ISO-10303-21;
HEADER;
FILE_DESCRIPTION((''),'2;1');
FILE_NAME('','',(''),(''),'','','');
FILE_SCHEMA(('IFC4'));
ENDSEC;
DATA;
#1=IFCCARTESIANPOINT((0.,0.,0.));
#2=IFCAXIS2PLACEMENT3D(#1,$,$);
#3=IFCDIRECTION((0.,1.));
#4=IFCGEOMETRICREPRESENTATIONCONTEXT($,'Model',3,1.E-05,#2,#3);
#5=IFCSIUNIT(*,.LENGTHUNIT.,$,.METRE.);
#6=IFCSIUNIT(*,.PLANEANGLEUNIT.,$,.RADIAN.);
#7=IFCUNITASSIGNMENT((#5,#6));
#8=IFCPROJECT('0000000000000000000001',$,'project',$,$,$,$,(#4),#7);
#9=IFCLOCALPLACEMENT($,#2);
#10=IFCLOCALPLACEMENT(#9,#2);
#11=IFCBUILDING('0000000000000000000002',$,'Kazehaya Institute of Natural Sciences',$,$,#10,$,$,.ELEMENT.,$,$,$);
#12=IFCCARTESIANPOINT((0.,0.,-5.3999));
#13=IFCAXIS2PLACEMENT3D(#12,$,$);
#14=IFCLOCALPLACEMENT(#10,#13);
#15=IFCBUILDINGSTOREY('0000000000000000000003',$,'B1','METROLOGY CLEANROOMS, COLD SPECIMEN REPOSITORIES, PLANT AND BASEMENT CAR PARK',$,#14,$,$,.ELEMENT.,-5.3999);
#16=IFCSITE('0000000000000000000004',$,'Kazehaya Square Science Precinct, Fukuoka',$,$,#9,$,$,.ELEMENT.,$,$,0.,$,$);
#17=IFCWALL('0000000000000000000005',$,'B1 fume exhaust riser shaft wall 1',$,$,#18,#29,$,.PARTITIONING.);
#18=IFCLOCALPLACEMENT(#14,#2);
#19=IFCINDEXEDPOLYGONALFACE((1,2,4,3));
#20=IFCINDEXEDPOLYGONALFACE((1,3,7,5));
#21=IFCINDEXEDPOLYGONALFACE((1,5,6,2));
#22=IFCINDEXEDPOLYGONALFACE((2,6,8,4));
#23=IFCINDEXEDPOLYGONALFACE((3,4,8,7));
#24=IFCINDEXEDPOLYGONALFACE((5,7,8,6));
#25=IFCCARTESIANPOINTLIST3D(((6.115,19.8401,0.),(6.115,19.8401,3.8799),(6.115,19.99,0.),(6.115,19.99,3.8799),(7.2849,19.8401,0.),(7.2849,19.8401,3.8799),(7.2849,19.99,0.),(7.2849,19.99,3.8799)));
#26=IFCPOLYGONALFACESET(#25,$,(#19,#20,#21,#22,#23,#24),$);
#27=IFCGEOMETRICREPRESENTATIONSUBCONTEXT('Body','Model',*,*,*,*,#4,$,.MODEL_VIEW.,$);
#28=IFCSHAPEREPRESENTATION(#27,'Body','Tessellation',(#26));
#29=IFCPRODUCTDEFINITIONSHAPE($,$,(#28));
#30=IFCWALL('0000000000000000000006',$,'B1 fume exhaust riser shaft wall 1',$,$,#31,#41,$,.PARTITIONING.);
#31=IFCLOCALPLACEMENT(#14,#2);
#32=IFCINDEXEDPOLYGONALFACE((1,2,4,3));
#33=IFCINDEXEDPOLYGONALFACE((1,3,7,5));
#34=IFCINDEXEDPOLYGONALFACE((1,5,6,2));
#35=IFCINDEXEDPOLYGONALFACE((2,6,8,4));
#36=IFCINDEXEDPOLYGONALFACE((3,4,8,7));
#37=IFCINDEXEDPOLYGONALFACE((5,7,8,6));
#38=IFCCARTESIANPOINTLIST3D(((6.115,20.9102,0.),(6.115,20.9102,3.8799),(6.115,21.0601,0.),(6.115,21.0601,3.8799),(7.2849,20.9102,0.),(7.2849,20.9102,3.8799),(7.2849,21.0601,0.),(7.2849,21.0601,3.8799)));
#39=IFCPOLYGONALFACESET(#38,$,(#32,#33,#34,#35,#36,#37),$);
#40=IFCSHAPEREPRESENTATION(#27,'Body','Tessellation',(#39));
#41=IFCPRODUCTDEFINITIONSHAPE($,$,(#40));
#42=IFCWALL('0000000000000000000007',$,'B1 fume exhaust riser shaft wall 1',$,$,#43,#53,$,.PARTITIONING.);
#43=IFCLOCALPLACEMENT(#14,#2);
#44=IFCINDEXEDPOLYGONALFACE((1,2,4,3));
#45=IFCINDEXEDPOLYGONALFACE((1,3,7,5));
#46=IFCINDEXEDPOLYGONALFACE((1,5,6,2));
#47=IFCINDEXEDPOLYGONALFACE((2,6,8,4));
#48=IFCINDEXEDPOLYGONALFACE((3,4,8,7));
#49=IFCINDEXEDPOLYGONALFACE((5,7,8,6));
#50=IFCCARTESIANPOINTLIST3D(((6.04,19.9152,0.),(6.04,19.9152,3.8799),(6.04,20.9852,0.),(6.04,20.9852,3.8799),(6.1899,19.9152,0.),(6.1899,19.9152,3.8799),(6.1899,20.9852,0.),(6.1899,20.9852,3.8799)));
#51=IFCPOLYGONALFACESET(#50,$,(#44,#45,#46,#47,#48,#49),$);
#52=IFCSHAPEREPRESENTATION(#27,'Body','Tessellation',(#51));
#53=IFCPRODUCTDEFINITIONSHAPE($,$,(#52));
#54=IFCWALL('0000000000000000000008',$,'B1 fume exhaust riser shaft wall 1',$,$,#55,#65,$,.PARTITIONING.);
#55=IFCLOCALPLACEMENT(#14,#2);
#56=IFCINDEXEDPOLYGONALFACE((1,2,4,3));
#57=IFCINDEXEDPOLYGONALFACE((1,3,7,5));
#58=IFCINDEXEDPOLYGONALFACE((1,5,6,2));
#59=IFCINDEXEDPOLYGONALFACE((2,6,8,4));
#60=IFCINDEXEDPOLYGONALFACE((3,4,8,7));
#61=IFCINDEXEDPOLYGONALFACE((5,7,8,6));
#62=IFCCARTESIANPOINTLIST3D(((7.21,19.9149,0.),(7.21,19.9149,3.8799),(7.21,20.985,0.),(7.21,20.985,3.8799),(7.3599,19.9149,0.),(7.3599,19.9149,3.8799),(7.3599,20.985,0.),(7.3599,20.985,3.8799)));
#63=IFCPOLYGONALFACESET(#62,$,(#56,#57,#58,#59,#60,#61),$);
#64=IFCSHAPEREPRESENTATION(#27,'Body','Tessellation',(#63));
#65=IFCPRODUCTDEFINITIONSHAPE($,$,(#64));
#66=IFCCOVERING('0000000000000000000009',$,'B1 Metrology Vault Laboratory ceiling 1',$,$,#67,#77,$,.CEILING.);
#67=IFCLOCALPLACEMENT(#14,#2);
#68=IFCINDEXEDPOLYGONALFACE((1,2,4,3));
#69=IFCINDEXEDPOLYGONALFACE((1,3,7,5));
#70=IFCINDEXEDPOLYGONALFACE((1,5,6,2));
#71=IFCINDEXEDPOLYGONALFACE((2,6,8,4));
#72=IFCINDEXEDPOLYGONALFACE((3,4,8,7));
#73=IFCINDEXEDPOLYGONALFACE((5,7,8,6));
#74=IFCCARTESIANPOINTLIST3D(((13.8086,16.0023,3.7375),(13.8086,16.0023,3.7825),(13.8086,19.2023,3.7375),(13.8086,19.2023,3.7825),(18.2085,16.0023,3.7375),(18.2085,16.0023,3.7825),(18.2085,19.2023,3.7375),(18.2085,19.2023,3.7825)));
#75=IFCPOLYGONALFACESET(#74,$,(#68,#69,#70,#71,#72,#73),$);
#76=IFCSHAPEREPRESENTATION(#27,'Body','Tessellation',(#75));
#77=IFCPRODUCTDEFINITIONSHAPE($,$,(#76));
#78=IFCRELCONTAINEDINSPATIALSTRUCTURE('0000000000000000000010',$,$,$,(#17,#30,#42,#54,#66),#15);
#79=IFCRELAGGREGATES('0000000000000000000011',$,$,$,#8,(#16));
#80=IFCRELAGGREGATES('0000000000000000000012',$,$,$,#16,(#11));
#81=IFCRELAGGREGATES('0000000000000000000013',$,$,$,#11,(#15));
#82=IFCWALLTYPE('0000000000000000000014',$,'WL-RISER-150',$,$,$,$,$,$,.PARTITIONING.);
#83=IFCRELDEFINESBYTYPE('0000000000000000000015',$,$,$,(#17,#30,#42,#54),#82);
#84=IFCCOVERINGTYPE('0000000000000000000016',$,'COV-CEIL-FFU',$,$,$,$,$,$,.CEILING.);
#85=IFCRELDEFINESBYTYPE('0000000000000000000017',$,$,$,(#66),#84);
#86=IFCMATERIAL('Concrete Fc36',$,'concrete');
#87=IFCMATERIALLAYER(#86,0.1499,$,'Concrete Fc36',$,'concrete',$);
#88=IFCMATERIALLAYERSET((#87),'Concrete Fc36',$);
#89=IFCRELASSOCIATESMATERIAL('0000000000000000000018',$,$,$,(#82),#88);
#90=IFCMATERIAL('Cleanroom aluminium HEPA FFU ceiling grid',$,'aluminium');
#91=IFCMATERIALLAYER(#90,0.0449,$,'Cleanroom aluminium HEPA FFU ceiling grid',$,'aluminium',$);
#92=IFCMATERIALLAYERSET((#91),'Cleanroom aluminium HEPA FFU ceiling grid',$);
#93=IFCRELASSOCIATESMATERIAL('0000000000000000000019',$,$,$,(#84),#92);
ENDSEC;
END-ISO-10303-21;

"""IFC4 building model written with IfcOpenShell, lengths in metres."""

from ifc_helpers import new_model, si_unit, direction, frame, frame_2d, origin, origin_2d, place, context, subcontext, project, spatial, rectangle, extrude, material, layer, layer_set, type_object, element, save


model = new_model("IFC4")

# Units and contexts
model_context = context("Model", 3, precision=1e-05, world=origin(), true_north=direction((0.0, 1.0)))
body_context = subcontext(model_context, "Body", "Model", "MODEL_VIEW")
ifc_project = project(units=[si_unit("LENGTHUNIT", "METRE"), si_unit("PLANEANGLEUNIT", "RADIAN")], contexts=[model_context])

# Site, building, storey
site_placement = place(None, origin())
site = spatial("IfcSite", under=ifc_project, at=site_placement, Name="Kazehaya Square Science Precinct, Fukuoka", CompositionType="ELEMENT", RefElevation=0.0)
building_placement = place(site_placement, origin())
building = spatial("IfcBuilding", under=site, at=building_placement, Name="Kazehaya Institute of Natural Sciences", CompositionType="ELEMENT")
storey_placement = place(building_placement, frame((0.0, 0.0, -5.3999)))
storey = spatial("IfcBuildingStorey", under=building, at=storey_placement, Name="B1", Description="METROLOGY CLEANROOMS, COLD SPECIMEN REPOSITORIES, PLANT AND BASEMENT CAR PARK", CompositionType="ELEMENT", Elevation=-5.3999)

# Shared definitions
ifc_material_1 = material(Name="Concrete Fc36", Category="concrete")

# Walls
ifc_layer_1 = layer(ifc_material_1, 0.1499, Name="Concrete Fc36", Category="concrete")
ifc_layer_set_1 = layer_set([ifc_layer_1], Name="Concrete Fc36")
wall_type_1 = type_object("IfcWallType", Name="WL-RISER-150", PredefinedType="PARTITIONING", material=ifc_layer_set_1)
for number, where, z_axis, x_axis, name in (
    (1, (7.2849, 19.915, 0.0), (0.0, 0.0, 1.0), (-1.0, 0.0, 0.0), "B1 fume exhaust riser shaft wall 1"),
    (2, (6.115, 20.9851, 0.0), (0.0, 0.0, 1.0), (1.0, 0.0, 0.0), "B1 fume exhaust riser shaft wall 1"),
):
    element("IfcWall", number, at=place(storey_placement, frame(where, z_axis=z_axis, x_axis=x_axis)), inside=storey, type_object=wall_type_1, Name=name, PredefinedType="PARTITIONING", context=body_context, shape_type="SweptSolid", body=[
        extrude(rectangle(XDim=1.1699, YDim=0.1499, at=frame_2d((0.585, 0.0))), origin(), (0.0, 0.0, 1.0), 3.8799),
    ])
for number, where, z_axis, x_axis, name in (
    (3, (6.115, 19.915, 0.0), (0.0, 0.0, 1.0), (0.0, 1.0, 0.0), "B1 fume exhaust riser shaft wall 1"),
    (4, (7.2849, 20.9851, 0.0), (0.0, 0.0, 1.0), (0.0, -1.0, 0.0), "B1 fume exhaust riser shaft wall 1"),
):
    element("IfcWall", number, at=place(storey_placement, frame(where, z_axis=z_axis, x_axis=x_axis)), inside=storey, type_object=wall_type_1, Name=name, PredefinedType="PARTITIONING", context=body_context, shape_type="SweptSolid", body=[
        extrude(rectangle(XDim=1.0701, YDim=0.1499, at=frame_2d((0.5352, 0.0))), origin(), (0.0, 0.0, 1.0), 3.8799),
    ])

# Covering
ifc_material_2 = material(Name="Cleanroom aluminium HEPA FFU ceiling grid", Category="aluminium")
ifc_layer_2 = layer(ifc_material_2, 0.0449, Name="Cleanroom aluminium HEPA FFU ceiling grid", Category="aluminium")
ifc_layer_set_2 = layer_set([ifc_layer_2], Name="Cleanroom aluminium HEPA FFU ceiling grid")
covering_type = type_object("IfcCoveringType", Name="COV-CEIL-FFU", PredefinedType="CEILING", material=ifc_layer_set_2)
covering_placement = place(storey_placement, frame((16.0085, 17.6023, 3.7375), z_axis=(0.0, 0.0, 1.0), x_axis=(1.0, 0.0, 0.0)))
element("IfcCovering", 5, at=covering_placement, inside=storey, type_object=covering_type, Name="B1 Metrology Vault Laboratory ceiling 1", PredefinedType="CEILING", context=body_context, shape_type="SweptSolid", body=[
    extrude(rectangle(XDim=4.3999, YDim=3.2, at=origin_2d()), origin(), (0.0, 0.0, 1.0), 0.0449),
])

save(model, "model.ifc")
